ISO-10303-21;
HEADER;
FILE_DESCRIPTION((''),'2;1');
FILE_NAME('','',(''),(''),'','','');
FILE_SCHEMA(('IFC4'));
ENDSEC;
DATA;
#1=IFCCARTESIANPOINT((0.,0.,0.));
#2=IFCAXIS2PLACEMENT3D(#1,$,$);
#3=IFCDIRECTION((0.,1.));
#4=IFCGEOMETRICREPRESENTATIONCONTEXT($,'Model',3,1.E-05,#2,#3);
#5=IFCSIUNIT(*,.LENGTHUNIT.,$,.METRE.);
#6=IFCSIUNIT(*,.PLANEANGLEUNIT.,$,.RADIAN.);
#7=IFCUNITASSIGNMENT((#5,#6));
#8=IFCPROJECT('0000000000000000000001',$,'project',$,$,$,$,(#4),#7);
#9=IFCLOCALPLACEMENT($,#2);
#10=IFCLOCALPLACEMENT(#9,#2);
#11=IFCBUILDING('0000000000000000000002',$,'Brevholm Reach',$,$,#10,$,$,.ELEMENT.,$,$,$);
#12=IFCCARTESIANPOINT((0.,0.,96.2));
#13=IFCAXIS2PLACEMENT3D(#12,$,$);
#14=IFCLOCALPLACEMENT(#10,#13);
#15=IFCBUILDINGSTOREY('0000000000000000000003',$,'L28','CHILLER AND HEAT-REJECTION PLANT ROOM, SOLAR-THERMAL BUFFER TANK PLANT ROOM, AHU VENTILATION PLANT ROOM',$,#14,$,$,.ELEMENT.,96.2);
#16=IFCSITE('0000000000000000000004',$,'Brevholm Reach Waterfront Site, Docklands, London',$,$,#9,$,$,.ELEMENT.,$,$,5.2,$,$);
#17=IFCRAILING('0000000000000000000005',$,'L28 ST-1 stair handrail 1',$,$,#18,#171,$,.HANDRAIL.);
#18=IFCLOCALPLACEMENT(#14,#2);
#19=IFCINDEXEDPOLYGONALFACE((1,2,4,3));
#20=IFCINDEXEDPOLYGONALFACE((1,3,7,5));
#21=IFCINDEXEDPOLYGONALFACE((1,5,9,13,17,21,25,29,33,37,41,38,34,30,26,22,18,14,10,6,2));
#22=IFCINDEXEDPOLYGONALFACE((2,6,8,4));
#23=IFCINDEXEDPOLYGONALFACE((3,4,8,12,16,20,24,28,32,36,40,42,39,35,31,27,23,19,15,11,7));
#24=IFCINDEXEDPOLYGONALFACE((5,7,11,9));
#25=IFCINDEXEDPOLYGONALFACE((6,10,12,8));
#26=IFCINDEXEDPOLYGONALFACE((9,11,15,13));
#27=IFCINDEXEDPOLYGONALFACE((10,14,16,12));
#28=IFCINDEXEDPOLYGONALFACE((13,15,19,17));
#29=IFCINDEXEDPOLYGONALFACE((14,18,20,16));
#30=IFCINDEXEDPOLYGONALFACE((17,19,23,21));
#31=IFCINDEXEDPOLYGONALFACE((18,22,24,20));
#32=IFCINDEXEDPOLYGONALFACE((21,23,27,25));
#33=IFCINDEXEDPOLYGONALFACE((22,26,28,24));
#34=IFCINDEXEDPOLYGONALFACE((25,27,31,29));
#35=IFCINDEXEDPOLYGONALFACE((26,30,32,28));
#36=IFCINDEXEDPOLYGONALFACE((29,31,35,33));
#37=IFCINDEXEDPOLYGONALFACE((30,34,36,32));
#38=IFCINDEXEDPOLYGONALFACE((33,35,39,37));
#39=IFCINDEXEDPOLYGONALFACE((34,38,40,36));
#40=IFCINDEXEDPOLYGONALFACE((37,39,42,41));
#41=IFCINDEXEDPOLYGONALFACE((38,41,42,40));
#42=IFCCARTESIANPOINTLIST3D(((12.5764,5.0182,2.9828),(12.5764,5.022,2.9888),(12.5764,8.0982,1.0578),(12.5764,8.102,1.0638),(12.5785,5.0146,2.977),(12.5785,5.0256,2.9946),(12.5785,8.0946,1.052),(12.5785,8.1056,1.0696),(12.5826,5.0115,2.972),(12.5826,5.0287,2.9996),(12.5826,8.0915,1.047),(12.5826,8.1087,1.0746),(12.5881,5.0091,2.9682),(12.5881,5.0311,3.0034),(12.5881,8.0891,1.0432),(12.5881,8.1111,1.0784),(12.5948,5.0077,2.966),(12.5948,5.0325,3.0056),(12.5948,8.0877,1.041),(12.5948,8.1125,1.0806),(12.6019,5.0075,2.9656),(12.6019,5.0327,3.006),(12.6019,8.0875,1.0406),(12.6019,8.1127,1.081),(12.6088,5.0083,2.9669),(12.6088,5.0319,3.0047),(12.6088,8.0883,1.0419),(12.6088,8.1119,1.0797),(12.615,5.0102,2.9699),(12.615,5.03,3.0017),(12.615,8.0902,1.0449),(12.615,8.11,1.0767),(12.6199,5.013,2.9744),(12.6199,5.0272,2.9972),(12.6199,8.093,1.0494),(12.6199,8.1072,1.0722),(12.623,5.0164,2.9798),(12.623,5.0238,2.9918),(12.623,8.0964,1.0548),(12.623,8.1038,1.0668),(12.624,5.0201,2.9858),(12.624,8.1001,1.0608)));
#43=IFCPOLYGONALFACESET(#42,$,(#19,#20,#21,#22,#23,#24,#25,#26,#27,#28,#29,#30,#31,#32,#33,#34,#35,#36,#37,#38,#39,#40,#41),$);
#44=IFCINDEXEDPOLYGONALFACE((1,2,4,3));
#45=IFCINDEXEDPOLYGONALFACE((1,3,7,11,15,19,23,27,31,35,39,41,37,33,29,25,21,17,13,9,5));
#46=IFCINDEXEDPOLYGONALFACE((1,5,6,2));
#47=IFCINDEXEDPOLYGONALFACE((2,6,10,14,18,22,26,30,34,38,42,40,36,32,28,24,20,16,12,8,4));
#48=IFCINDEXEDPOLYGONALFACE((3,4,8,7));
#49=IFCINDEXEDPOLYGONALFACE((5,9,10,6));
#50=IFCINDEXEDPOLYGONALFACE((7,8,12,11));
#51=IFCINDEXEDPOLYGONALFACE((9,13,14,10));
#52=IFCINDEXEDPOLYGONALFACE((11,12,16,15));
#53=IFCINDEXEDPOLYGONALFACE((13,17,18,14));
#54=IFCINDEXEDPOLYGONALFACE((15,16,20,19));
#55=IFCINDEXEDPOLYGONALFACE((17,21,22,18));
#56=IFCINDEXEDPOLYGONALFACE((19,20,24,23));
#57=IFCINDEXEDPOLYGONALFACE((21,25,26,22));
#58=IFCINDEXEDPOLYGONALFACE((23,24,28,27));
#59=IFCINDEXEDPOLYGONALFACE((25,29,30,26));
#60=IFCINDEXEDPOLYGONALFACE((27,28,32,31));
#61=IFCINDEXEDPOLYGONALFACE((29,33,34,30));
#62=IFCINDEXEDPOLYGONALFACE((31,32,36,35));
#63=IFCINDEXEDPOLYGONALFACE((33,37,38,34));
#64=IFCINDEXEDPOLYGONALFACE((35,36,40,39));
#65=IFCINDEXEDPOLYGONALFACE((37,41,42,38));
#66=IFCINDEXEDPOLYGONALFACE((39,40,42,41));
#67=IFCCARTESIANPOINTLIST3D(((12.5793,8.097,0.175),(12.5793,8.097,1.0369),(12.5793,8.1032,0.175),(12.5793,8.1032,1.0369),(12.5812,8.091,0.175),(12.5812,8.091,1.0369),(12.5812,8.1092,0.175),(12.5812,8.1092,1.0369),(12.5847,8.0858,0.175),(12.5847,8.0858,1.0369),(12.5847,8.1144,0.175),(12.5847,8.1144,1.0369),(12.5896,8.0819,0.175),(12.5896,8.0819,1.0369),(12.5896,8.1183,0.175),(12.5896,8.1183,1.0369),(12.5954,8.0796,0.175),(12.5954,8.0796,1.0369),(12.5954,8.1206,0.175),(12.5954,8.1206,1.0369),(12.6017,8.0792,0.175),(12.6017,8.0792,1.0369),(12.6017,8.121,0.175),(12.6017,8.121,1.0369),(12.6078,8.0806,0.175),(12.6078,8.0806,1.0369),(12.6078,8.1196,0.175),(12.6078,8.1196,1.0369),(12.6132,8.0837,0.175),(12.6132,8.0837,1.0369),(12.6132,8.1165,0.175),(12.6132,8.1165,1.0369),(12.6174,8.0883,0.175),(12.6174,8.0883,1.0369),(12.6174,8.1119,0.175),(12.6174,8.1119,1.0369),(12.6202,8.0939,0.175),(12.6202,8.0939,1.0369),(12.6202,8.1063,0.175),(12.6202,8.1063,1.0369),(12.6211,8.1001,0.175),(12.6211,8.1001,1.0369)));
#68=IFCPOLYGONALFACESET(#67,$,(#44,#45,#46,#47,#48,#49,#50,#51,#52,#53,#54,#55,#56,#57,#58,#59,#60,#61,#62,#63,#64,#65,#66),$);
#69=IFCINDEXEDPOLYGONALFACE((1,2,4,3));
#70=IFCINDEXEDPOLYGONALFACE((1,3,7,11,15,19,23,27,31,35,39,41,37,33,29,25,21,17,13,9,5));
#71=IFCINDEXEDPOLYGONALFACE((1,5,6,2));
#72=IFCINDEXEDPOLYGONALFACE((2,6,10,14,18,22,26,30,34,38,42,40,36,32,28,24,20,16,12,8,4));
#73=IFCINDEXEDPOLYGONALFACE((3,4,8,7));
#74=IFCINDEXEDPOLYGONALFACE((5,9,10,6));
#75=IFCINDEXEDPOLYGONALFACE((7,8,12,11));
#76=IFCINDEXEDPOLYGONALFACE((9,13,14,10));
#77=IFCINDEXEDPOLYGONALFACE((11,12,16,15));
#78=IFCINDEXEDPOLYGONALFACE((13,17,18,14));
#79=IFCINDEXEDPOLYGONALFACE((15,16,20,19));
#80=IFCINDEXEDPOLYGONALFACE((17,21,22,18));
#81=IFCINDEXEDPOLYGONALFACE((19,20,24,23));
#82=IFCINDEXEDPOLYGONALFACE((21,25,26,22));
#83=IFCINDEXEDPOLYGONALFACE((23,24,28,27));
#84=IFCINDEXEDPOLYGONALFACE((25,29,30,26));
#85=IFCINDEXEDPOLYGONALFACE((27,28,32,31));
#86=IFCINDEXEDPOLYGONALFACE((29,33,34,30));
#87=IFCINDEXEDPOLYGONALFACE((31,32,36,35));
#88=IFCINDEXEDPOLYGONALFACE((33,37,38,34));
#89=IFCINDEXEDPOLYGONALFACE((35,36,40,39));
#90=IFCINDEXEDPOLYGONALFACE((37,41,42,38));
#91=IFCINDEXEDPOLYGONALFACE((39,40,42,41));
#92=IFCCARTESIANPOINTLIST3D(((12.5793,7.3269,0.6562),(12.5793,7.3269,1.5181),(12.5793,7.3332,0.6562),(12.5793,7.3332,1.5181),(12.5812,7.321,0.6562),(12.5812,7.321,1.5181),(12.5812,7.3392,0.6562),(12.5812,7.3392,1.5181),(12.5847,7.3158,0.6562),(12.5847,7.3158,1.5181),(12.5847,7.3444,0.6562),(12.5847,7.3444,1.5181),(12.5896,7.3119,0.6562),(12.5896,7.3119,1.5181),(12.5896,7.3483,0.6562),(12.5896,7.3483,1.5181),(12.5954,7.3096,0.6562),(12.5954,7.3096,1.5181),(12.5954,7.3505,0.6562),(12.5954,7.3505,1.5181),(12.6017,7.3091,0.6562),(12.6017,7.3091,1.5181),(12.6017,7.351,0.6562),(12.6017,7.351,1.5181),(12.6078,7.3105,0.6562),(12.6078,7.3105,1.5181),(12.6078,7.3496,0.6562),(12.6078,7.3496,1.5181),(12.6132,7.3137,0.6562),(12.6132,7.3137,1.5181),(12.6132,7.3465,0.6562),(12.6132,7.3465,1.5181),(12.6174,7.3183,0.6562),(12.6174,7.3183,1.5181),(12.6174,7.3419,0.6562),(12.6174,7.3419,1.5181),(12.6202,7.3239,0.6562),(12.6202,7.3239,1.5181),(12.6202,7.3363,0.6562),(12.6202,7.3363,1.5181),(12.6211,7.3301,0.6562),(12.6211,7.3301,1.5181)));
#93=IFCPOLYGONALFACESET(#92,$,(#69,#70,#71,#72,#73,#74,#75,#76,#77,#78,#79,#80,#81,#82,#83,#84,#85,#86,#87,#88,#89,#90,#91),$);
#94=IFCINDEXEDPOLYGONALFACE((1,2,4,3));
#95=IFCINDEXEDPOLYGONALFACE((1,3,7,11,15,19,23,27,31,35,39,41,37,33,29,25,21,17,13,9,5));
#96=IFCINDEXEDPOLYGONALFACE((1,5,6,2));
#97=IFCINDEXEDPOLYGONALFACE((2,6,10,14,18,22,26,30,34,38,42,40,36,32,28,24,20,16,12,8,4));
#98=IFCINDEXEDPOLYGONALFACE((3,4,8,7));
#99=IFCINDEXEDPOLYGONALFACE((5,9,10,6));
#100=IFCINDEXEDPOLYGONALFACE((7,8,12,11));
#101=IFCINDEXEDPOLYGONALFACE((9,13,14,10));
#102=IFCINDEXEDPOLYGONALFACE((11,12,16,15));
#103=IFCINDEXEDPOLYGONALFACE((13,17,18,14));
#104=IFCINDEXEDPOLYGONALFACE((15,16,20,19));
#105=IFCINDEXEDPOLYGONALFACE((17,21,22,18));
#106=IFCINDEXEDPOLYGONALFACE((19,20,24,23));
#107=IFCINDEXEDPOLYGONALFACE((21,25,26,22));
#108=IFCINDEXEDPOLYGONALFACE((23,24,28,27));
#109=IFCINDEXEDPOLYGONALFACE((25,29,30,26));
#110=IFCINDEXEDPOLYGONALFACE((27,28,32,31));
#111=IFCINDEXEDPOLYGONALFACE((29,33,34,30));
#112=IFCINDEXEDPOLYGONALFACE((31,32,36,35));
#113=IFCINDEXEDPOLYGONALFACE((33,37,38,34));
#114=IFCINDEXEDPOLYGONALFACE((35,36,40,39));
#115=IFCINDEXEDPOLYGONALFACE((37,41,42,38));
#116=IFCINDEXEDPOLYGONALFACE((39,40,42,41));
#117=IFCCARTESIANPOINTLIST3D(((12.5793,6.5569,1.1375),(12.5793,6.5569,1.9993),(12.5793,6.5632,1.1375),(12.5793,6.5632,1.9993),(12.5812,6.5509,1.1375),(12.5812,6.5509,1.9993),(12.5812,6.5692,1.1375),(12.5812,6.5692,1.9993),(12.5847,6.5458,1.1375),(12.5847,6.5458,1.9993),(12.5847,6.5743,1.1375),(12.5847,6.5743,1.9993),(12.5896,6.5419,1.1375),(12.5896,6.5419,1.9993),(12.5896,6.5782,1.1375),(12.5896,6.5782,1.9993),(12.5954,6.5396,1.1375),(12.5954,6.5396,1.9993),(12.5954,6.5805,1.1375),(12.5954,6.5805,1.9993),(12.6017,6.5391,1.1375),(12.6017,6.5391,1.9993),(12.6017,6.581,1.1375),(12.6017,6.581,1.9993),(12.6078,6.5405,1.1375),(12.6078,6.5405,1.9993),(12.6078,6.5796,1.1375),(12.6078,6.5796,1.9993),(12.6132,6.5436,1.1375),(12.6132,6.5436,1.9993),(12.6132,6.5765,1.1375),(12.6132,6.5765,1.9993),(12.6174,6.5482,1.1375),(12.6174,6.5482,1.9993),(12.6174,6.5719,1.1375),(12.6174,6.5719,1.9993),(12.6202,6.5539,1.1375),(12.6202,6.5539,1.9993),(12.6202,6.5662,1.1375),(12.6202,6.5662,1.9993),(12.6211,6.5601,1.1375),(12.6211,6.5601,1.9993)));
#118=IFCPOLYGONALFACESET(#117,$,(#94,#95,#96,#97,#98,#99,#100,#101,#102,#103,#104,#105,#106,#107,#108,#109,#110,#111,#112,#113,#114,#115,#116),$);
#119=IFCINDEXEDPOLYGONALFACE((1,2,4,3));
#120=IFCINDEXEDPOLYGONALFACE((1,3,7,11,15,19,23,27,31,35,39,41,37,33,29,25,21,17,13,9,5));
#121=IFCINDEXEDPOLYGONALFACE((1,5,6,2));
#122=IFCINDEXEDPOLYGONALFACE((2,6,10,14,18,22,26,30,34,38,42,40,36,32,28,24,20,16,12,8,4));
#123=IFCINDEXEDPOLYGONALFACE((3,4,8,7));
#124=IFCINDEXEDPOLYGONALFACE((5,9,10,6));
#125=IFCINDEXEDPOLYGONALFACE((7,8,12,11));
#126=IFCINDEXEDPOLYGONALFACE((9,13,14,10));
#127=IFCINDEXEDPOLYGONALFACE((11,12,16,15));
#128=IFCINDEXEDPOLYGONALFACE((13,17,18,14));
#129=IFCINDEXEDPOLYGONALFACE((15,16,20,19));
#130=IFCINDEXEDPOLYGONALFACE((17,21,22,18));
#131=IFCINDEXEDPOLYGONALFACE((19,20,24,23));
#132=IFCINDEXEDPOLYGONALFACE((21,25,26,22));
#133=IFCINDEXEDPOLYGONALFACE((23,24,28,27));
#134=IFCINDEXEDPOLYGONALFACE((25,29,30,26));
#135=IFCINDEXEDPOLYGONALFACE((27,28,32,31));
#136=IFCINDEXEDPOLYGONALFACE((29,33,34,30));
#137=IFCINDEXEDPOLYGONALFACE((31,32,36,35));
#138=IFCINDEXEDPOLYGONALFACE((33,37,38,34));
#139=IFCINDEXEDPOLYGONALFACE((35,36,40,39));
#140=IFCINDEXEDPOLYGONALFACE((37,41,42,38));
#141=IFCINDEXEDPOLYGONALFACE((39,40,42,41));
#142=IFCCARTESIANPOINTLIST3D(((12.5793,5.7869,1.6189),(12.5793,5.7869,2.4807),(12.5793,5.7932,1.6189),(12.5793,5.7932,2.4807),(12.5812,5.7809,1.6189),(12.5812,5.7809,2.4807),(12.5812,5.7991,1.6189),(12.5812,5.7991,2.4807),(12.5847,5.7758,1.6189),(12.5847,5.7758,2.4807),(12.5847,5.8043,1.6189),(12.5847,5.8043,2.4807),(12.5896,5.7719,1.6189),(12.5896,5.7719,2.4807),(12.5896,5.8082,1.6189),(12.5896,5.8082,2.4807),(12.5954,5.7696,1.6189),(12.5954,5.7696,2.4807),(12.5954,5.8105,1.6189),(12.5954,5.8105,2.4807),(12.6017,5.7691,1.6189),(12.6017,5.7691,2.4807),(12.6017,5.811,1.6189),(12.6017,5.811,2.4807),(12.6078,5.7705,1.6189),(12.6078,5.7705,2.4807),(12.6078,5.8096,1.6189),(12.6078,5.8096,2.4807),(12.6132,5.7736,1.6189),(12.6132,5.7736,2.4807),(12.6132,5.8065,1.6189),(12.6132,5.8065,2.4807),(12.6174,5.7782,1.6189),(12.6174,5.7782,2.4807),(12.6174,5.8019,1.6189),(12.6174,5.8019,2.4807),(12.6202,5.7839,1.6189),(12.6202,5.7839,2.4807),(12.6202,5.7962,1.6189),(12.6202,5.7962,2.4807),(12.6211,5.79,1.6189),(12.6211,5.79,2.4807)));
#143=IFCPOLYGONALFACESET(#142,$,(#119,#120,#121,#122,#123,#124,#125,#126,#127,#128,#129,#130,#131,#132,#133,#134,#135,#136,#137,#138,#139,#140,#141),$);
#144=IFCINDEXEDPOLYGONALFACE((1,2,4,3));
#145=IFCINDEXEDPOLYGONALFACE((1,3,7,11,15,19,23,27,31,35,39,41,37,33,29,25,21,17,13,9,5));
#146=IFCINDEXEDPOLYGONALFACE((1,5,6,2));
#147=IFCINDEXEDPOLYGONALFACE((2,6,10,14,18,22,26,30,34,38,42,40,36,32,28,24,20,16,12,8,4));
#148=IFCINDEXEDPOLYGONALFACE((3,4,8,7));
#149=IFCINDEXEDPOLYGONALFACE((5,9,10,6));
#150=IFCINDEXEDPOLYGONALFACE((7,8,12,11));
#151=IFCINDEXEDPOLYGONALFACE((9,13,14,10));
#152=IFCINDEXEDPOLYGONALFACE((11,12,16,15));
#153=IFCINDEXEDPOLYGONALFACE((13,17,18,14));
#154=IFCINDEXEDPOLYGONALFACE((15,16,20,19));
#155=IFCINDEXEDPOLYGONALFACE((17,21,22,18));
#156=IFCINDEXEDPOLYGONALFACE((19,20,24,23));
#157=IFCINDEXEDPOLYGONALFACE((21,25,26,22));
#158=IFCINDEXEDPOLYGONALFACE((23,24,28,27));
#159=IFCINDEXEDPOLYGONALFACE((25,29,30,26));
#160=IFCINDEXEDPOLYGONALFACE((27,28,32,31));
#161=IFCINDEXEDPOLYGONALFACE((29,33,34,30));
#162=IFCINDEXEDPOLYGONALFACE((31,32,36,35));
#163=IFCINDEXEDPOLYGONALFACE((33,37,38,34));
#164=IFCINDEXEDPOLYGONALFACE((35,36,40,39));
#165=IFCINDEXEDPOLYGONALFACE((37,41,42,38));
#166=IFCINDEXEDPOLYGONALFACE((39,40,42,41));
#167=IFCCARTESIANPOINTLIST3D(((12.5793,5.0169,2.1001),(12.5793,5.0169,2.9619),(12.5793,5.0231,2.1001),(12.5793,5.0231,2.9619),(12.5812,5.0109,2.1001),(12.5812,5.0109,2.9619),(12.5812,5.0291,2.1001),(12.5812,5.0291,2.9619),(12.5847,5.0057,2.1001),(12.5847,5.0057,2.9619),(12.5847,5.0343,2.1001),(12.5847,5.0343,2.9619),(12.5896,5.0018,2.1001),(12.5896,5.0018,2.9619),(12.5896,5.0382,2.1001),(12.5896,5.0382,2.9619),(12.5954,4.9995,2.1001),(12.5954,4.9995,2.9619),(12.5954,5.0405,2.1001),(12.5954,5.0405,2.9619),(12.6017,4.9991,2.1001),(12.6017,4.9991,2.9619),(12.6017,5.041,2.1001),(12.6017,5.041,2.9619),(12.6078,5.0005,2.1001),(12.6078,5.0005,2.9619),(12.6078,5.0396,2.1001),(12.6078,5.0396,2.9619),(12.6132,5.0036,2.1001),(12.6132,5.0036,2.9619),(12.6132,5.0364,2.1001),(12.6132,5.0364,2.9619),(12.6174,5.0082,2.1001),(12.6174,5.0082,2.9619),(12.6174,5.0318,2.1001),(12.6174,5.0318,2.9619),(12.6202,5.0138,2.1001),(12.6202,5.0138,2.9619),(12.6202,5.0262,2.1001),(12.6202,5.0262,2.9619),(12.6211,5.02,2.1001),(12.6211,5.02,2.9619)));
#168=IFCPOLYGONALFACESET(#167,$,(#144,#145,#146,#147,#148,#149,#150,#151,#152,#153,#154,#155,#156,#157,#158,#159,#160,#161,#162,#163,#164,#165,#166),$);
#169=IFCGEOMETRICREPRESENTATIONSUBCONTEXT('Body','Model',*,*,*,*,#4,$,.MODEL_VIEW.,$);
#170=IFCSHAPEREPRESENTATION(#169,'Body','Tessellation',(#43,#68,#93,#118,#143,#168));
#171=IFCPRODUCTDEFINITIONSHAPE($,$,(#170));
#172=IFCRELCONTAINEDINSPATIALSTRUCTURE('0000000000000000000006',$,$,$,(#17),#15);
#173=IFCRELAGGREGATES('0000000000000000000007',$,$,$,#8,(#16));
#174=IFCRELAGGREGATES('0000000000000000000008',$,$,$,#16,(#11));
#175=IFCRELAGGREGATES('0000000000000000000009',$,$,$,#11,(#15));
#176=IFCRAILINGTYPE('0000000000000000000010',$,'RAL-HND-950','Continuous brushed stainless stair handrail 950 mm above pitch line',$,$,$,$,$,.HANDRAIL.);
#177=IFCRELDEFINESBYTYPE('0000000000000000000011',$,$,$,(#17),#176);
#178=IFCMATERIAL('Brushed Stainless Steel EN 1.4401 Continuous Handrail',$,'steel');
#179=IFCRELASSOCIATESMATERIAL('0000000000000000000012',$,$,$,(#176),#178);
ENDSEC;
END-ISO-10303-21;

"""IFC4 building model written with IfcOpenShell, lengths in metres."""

from ifc_helpers import new_model, si_unit, direction, frame, origin, origin_2d, place, context, subcontext, project, spatial, circle, extrude, material, type_object, element, save


model = new_model("IFC4")

# Units and contexts
model_context = context("Model", 3, precision=1e-05, world=origin(), true_north=direction((0.0, 1.0)))
body_context = subcontext(model_context, "Body", "Model", "MODEL_VIEW")
ifc_project = project(units=[si_unit("LENGTHUNIT", "METRE"), si_unit("PLANEANGLEUNIT", "RADIAN")], contexts=[model_context])

# Site, building, storey
site_placement = place(None, origin())
site = spatial("IfcSite", under=ifc_project, at=site_placement, Name="Brevholm Reach Waterfront Site, Docklands, London", CompositionType="ELEMENT", RefElevation=5.2)
building_placement = place(site_placement, origin())
building = spatial("IfcBuilding", under=site, at=building_placement, Name="Brevholm Reach", CompositionType="ELEMENT")
storey_placement = place(building_placement, frame((0.0, 0.0, 96.2)))
storey = spatial("IfcBuildingStorey", under=building, at=storey_placement, Name="L28", Description="CHILLER AND HEAT-REJECTION PLANT ROOM, SOLAR-THERMAL BUFFER TANK PLANT ROOM, AHU VENTILATION PLANT ROOM", CompositionType="ELEMENT", Elevation=96.2)

# Railing
ifc_material_1 = material(Name="Brushed Stainless Steel EN 1.4401 Continuous Handrail", Category="steel")
railing_type_1 = type_object("IfcRailingType", Name="RAL-HND-950", Description="Continuous brushed stainless stair handrail 950 mm above pitch line", PredefinedType="HANDRAIL", material=ifc_material_1)
railing_1_placement = place(storey_placement, frame((12.6001, 8.1001, 0.175)))
element("IfcRailing", 1, at=railing_1_placement, inside=storey, type_object=railing_type_1, Name="L28 ST-1 stair handrail 1", PredefinedType="HANDRAIL", context=body_context, shape_type="SweptSolid", body=[
    extrude(circle(Radius=0.0239, at=origin_2d()), frame((0.0, 0.0, 0.8857), z_axis=(0.0, -0.847998, 0.529999), x_axis=(1.0, 0.0, 0.0)), (0.0, 0.0, 1.0), 3.6321),
    extrude(circle(Radius=0.021, at=origin_2d()), origin(), (0.0, 0.0, 1.0), 0.8618),
    extrude(circle(Radius=0.021, at=origin_2d()), frame((0.0, -0.77, 0.4812)), (0.0, 0.0, 1.0), 0.8618),
    extrude(circle(Radius=0.021, at=origin_2d()), frame((0.0, -1.54, 0.9624)), (0.0, 0.0, 1.0), 0.8618),
    extrude(circle(Radius=0.021, at=origin_2d()), frame((0.0, -2.3101, 1.4438)), (0.0, 0.0, 1.0), 0.8618),
    extrude(circle(Radius=0.021, at=origin_2d()), frame((0.0, -3.0801, 1.925)), (0.0, 0.0, 1.0), 0.8618),
])

save(model, "model.ifc")
